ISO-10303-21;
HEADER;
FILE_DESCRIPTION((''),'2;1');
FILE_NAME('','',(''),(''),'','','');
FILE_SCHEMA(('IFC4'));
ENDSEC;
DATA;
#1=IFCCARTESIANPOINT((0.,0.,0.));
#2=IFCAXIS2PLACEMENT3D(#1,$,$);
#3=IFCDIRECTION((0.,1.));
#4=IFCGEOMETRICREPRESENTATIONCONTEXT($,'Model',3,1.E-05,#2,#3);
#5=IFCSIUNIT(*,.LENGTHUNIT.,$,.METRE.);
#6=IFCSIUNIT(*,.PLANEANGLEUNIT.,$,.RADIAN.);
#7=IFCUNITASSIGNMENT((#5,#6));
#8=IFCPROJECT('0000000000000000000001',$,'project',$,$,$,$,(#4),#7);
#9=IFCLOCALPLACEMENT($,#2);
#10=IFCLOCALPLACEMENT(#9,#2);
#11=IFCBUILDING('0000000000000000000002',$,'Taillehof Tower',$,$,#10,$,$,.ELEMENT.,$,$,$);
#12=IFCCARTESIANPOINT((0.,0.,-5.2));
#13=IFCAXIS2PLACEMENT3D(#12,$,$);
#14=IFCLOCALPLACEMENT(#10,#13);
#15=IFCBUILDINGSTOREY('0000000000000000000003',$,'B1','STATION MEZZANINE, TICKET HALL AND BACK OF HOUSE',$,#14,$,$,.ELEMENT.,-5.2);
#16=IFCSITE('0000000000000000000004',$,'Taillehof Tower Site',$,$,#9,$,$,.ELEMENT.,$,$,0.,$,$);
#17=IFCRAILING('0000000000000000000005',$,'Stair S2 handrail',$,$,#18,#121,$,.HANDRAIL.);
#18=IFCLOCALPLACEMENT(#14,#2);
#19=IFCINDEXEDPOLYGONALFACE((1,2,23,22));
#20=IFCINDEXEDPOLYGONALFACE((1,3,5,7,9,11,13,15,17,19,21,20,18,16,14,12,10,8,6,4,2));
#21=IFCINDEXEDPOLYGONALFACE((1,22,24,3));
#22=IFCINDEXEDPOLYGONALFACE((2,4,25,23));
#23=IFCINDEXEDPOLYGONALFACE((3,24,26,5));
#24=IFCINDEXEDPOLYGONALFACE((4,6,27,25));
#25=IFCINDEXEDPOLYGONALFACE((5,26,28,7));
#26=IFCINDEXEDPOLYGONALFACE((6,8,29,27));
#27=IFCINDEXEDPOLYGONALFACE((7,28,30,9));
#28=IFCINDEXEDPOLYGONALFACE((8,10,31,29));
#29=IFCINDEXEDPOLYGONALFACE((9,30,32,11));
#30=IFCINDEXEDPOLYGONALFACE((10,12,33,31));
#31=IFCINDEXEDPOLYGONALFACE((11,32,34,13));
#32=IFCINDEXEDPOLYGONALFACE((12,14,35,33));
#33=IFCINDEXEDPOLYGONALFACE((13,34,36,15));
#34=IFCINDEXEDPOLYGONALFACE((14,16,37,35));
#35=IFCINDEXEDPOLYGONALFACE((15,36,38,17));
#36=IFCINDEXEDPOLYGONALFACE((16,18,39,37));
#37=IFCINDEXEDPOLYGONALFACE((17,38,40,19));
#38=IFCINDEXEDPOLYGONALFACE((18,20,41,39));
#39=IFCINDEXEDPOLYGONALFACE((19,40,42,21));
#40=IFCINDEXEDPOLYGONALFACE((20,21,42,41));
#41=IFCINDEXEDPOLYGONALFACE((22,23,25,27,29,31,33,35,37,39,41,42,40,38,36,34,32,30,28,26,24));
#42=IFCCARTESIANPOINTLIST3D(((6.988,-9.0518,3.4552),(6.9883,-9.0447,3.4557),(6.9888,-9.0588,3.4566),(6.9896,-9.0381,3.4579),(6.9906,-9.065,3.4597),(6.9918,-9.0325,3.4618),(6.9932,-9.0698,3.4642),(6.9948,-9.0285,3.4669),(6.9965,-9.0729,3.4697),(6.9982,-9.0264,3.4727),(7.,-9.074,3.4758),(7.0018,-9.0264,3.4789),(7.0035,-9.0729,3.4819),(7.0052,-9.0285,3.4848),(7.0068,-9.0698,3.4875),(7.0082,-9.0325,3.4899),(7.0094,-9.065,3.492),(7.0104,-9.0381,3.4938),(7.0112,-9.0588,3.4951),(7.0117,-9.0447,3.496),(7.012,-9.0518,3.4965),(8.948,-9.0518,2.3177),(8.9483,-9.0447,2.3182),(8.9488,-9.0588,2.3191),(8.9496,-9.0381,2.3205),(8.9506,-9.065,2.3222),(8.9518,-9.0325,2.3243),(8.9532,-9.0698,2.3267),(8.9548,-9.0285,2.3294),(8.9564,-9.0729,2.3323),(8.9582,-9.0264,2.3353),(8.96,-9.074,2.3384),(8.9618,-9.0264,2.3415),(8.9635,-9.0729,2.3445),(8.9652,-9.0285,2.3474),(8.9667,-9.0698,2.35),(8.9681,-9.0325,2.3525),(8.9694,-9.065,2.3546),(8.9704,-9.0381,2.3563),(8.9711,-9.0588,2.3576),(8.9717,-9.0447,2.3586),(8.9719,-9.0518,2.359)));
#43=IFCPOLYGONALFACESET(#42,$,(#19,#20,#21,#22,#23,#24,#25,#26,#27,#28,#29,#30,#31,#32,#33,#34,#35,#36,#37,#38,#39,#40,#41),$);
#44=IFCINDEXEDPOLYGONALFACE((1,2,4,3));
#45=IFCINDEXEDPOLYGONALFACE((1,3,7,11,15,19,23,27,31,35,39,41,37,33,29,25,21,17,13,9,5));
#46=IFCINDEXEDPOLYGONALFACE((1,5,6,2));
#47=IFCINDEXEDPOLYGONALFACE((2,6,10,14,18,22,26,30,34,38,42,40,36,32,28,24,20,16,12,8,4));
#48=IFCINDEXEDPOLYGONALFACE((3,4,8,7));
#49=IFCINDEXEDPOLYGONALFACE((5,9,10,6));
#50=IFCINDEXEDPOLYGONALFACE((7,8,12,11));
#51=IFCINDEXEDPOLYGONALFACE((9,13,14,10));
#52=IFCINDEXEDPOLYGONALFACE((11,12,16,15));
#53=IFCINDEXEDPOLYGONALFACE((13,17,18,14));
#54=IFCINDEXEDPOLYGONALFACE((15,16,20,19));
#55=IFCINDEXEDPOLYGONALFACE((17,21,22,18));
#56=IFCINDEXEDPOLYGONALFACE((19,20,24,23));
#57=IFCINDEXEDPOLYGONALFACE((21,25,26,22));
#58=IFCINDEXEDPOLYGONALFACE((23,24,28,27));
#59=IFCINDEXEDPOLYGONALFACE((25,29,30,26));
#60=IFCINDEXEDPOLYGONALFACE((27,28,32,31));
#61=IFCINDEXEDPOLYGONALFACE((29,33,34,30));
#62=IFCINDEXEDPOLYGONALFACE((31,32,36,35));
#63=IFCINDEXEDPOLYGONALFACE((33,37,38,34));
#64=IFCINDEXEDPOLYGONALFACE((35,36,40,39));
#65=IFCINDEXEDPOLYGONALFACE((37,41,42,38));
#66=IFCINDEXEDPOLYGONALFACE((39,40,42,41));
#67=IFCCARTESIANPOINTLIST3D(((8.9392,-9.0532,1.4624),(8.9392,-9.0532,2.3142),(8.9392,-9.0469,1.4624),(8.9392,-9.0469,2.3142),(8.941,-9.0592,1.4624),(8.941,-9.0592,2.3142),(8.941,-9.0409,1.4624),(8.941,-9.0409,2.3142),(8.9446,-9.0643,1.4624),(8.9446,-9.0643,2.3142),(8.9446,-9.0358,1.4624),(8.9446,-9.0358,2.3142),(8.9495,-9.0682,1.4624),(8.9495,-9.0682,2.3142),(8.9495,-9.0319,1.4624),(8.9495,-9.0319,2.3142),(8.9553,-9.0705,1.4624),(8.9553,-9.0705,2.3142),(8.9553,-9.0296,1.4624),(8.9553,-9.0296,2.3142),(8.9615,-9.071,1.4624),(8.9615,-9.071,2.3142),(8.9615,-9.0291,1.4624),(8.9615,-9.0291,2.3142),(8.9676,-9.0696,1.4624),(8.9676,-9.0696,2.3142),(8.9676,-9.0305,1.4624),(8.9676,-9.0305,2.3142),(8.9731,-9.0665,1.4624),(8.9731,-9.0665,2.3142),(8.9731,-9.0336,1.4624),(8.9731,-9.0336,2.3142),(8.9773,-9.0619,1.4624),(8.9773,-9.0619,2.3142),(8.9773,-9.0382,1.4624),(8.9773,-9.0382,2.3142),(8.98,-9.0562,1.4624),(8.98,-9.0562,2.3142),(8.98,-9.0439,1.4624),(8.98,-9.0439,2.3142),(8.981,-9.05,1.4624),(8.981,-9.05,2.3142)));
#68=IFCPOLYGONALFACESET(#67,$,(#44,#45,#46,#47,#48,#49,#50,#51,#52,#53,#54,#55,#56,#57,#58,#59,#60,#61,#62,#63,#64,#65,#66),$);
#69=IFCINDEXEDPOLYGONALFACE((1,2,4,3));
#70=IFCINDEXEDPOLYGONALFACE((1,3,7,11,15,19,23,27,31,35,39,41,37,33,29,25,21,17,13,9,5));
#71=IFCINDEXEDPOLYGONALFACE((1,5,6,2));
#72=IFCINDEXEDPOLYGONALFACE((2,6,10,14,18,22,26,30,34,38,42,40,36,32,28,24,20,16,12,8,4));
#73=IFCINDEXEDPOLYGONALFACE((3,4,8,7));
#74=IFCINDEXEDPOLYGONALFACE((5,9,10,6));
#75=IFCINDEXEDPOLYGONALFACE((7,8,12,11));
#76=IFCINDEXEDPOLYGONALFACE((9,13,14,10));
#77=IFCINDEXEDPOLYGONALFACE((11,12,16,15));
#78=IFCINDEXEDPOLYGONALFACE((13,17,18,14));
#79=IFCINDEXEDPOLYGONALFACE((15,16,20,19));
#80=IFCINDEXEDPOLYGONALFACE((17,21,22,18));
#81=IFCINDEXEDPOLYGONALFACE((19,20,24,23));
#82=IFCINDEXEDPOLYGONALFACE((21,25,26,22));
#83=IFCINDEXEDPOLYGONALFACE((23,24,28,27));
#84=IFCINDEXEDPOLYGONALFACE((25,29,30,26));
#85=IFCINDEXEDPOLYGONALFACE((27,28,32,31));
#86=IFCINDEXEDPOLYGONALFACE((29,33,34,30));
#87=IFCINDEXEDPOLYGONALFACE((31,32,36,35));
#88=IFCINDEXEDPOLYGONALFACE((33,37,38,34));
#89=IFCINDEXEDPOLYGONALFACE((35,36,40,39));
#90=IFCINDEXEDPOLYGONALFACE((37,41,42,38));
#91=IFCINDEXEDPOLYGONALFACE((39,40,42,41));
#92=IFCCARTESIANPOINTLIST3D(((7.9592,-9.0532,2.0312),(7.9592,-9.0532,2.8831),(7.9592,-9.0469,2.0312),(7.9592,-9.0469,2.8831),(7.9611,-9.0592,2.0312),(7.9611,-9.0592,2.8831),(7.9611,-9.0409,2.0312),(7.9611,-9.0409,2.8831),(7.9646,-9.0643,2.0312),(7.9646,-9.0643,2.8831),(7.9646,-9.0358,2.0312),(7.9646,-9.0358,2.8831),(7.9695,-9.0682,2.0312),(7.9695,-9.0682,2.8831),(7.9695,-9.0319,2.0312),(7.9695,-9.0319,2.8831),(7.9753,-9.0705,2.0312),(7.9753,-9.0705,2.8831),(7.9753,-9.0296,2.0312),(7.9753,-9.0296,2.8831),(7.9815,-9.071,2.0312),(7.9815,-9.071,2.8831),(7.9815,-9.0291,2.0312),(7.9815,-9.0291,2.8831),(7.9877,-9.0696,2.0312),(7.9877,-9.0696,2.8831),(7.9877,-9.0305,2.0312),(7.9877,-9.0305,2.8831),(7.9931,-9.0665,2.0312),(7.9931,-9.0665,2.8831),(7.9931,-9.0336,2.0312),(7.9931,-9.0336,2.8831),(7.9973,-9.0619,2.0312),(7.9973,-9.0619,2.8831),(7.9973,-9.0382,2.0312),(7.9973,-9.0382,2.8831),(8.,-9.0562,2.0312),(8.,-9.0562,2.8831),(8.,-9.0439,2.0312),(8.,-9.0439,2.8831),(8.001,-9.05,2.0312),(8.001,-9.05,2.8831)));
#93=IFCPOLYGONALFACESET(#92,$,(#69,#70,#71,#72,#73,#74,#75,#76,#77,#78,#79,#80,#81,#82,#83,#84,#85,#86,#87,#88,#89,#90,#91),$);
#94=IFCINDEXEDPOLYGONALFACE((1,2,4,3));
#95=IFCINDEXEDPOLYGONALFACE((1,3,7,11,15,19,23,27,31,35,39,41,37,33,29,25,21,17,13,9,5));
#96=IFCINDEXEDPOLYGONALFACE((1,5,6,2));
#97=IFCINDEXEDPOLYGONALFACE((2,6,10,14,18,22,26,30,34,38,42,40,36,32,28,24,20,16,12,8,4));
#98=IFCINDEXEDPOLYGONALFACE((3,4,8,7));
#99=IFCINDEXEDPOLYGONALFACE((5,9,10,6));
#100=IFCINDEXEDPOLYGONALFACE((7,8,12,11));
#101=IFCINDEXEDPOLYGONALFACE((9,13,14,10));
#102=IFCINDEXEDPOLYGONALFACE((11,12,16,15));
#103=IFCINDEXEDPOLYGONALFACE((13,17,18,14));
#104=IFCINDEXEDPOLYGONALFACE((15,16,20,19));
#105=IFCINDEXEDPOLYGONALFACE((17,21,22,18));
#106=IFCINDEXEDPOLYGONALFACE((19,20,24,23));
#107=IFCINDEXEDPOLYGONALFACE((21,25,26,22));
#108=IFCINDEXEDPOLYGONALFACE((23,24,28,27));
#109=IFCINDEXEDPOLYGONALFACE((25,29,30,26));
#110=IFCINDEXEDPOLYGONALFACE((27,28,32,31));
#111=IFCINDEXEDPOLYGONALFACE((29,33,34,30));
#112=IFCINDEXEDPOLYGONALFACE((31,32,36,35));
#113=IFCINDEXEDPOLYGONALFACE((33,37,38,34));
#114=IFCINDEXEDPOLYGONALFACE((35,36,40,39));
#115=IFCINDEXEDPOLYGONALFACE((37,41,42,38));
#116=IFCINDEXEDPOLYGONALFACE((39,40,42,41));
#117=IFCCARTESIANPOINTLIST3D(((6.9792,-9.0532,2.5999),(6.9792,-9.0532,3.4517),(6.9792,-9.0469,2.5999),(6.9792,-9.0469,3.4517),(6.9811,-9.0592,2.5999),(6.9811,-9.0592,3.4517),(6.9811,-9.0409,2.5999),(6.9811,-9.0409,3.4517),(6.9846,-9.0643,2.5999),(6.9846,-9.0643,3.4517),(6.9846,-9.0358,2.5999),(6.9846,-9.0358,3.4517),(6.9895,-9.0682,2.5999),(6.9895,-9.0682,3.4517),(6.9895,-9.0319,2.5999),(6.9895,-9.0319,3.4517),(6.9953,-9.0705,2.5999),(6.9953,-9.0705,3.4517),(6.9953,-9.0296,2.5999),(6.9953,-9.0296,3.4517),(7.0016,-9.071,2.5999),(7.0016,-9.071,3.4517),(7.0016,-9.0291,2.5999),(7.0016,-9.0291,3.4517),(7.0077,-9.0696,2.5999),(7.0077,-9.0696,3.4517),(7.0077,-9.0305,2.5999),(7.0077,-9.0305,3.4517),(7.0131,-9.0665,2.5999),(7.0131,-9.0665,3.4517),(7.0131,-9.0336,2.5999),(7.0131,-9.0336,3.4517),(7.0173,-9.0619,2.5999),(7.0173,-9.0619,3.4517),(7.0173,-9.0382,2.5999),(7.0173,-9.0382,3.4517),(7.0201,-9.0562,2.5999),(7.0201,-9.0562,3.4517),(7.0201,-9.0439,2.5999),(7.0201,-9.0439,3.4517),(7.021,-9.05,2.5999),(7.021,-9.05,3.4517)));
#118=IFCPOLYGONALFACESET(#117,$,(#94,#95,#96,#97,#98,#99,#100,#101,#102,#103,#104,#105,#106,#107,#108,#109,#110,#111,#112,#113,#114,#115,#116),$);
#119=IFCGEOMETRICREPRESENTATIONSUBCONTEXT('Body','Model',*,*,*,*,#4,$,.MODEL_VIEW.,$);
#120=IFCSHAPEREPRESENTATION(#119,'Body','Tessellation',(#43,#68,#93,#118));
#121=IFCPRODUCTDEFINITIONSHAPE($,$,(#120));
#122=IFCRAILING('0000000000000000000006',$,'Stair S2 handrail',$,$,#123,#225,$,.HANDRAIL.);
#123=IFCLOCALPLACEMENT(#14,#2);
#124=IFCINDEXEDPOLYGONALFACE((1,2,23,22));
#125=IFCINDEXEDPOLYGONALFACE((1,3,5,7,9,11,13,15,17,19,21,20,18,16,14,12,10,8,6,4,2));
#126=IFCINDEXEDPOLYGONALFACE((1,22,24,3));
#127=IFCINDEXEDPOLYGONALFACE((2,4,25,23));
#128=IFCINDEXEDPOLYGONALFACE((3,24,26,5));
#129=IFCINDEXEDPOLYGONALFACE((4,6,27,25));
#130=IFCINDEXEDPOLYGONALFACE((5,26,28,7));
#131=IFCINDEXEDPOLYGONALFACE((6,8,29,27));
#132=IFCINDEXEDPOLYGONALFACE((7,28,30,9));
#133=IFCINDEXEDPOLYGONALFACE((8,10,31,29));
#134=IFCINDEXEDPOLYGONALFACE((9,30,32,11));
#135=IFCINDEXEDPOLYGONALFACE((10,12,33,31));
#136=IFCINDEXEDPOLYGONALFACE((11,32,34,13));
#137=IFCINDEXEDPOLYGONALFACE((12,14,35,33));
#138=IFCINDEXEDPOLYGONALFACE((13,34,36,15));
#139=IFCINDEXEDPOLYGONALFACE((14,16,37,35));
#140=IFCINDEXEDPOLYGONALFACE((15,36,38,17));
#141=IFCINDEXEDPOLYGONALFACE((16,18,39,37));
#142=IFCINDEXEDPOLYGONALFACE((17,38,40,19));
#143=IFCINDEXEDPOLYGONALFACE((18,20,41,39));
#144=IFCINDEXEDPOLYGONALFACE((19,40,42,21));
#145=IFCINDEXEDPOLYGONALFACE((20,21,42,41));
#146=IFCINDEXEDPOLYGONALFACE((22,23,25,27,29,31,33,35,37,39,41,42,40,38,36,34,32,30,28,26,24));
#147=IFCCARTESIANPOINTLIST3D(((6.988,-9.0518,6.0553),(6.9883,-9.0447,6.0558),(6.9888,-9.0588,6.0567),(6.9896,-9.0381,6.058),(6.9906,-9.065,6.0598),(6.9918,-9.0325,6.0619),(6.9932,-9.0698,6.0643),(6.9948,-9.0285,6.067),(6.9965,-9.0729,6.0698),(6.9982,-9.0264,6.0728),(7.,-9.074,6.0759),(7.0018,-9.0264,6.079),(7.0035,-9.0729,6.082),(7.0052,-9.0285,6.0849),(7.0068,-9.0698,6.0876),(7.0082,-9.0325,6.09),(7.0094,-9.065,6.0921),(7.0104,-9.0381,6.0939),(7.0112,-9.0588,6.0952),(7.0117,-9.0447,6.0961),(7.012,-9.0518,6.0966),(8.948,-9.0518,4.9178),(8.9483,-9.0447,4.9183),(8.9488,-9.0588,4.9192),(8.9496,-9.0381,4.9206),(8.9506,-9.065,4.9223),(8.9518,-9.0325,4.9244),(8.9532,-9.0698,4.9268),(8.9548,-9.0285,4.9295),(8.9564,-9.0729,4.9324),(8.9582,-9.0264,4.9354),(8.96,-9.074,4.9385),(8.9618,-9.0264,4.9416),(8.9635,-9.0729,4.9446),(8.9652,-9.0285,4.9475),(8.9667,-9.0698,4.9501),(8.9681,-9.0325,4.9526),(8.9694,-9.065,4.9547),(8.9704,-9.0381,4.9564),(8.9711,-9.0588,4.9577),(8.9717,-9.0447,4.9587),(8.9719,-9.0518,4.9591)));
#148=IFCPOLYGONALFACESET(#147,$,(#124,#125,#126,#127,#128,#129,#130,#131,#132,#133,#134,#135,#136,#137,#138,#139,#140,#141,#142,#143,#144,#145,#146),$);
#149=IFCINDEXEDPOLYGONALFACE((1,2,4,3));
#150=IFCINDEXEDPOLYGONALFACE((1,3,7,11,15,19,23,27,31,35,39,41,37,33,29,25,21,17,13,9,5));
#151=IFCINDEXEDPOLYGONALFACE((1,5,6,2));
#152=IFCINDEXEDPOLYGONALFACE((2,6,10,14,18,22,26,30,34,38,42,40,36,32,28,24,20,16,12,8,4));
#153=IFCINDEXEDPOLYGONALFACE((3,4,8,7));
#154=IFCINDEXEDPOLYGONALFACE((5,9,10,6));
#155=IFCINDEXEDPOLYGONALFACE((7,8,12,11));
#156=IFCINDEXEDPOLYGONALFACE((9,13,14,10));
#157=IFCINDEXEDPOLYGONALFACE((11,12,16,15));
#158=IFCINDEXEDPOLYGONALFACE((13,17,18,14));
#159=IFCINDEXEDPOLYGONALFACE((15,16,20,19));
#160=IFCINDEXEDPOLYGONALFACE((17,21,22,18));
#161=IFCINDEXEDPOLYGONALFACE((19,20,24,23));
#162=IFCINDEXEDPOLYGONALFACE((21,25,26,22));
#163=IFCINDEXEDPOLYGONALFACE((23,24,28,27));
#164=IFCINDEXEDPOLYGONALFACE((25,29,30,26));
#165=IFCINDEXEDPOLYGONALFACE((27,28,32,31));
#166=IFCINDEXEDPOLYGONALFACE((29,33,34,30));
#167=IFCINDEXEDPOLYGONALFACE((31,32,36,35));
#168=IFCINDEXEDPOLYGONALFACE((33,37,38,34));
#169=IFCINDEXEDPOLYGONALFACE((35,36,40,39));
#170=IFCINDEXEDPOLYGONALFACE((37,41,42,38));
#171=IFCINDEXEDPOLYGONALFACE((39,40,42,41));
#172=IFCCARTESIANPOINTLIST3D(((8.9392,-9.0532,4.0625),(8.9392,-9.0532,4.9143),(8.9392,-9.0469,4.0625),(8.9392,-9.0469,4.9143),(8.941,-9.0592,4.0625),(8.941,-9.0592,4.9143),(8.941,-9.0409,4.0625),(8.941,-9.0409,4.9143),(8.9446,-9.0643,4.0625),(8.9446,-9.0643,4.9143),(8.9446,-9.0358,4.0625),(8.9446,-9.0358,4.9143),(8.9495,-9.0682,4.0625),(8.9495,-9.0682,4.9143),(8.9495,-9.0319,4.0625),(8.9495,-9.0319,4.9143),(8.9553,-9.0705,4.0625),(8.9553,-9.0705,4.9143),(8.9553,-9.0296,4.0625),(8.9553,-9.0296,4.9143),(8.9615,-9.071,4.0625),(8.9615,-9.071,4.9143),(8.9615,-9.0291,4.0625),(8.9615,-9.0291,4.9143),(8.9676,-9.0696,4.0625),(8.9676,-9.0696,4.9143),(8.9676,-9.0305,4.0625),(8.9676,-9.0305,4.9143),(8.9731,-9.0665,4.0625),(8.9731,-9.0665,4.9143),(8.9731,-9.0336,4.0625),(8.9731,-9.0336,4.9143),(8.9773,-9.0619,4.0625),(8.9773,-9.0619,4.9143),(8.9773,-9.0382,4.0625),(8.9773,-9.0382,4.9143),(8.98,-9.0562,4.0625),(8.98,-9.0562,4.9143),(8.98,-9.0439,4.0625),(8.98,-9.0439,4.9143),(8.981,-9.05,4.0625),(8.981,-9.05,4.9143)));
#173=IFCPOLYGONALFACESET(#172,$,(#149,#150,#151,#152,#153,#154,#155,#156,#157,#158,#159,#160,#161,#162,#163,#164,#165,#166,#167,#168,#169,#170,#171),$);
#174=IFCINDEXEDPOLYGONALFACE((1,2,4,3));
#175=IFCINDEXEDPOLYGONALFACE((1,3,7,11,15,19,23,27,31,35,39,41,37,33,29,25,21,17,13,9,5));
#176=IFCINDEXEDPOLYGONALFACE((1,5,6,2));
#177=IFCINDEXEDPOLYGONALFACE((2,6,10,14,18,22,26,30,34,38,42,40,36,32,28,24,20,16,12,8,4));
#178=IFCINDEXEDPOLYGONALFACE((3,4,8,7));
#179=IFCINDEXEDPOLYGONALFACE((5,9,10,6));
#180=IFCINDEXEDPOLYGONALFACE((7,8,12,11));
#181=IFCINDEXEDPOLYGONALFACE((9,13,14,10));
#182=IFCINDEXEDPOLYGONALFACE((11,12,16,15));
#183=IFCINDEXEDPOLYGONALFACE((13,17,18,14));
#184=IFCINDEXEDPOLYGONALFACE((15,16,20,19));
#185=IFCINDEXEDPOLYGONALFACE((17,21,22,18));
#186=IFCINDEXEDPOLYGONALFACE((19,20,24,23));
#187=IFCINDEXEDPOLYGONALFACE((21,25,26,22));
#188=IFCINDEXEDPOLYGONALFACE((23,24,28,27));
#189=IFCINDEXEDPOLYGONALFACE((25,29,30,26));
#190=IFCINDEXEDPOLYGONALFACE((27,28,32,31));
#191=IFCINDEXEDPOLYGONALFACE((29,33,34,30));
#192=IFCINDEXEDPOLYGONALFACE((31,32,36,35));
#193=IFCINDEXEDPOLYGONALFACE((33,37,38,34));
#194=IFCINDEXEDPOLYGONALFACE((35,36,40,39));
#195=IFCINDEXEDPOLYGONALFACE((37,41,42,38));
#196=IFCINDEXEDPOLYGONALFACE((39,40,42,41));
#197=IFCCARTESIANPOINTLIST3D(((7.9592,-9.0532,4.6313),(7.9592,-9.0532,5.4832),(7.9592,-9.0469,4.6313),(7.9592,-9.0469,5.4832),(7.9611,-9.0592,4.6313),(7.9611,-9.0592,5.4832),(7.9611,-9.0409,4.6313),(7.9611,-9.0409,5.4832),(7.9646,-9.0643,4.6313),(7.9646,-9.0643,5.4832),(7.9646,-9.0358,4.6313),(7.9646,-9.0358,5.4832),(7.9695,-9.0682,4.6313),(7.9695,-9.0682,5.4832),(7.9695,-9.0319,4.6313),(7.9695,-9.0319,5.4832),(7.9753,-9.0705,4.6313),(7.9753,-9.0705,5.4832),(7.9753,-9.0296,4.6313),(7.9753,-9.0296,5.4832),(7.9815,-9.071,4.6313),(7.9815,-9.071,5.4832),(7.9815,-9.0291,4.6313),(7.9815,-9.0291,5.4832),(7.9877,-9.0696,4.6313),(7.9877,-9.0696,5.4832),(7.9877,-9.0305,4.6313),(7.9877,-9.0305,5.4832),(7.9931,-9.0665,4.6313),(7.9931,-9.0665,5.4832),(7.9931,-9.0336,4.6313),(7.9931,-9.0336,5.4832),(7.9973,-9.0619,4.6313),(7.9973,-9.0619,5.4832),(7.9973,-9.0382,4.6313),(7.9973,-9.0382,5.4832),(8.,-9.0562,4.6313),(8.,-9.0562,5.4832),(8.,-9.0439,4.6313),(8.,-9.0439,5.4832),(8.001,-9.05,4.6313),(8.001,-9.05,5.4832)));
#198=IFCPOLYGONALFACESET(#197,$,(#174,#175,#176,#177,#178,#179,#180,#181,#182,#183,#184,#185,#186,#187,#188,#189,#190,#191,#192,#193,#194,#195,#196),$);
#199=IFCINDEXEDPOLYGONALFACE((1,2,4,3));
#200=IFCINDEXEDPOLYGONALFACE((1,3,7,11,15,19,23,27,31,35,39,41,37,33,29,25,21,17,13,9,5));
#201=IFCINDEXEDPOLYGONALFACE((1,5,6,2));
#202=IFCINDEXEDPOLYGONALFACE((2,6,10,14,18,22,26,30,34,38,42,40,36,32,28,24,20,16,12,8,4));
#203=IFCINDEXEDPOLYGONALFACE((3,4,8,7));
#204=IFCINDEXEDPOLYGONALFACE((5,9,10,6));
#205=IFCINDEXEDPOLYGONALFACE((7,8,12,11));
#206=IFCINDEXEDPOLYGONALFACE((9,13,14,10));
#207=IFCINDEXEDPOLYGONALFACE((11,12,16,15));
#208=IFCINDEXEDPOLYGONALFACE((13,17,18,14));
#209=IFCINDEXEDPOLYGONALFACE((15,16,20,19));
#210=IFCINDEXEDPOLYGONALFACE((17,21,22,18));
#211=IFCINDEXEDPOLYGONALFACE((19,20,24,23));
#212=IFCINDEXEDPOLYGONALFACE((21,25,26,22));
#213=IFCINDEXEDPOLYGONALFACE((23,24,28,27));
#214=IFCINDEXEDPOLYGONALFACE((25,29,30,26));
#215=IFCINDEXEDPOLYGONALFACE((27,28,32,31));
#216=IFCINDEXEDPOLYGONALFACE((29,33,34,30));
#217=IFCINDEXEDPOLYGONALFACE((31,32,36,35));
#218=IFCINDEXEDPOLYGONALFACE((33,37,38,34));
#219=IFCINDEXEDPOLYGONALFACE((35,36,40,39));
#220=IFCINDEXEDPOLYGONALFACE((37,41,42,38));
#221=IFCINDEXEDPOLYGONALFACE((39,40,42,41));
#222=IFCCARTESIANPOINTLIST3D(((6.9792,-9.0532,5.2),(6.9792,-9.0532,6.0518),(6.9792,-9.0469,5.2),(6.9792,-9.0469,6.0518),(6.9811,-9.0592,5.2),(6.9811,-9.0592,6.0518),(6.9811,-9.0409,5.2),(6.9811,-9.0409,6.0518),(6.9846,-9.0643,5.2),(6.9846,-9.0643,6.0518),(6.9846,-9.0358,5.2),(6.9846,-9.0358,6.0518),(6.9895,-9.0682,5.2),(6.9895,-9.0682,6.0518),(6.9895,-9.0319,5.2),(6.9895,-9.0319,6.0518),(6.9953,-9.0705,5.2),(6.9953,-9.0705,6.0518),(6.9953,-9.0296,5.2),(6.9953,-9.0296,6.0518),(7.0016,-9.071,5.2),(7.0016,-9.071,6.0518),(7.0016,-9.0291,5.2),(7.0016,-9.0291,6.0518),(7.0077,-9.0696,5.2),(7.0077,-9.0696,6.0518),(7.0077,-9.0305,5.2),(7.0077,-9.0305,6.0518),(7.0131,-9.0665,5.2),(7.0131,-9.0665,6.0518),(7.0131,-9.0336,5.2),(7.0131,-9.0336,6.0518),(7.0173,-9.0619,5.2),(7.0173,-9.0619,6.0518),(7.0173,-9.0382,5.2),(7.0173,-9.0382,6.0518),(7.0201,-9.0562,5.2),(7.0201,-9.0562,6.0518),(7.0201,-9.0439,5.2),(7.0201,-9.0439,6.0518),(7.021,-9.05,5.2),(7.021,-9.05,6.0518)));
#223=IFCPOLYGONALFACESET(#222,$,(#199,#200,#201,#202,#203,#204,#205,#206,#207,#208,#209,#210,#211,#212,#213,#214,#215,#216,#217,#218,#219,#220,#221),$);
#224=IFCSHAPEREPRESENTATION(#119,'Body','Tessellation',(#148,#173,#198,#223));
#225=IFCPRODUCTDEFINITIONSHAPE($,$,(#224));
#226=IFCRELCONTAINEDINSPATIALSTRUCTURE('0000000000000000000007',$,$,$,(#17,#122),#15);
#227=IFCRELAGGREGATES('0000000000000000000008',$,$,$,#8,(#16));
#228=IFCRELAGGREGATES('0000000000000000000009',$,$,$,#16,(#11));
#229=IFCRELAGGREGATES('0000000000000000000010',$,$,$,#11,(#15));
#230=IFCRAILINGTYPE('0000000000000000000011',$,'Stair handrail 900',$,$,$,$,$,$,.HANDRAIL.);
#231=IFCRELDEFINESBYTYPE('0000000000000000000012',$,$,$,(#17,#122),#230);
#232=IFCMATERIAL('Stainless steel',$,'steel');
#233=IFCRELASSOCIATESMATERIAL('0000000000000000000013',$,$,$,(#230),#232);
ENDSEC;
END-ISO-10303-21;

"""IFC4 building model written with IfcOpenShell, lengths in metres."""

from ifc_helpers import new_model, si_unit, direction, frame, origin, origin_2d, place, context, subcontext, project, spatial, circle, extrude, material, type_object, element, save


model = new_model("IFC4")

# Units and contexts
model_context = context("Model", 3, precision=1e-05, world=origin(), true_north=direction((0.0, 1.0)))
body_context = subcontext(model_context, "Body", "Model", "MODEL_VIEW")
ifc_project = project(units=[si_unit("LENGTHUNIT", "METRE"), si_unit("PLANEANGLEUNIT", "RADIAN")], contexts=[model_context])

# Site, building, storey
site_placement = place(None, origin())
site = spatial("IfcSite", under=ifc_project, at=site_placement, Name="Taillehof Tower Site", CompositionType="ELEMENT", RefElevation=0.0)
building_placement = place(site_placement, origin())
building = spatial("IfcBuilding", under=site, at=building_placement, Name="Taillehof Tower", CompositionType="ELEMENT")
storey_placement = place(building_placement, frame((0.0, 0.0, -5.2)))
storey = spatial("IfcBuildingStorey", under=building, at=storey_placement, Name="B1", Description="STATION MEZZANINE, TICKET HALL AND BACK OF HOUSE", CompositionType="ELEMENT", Elevation=-5.2)

# Railings
ifc_material_1 = material(Name="Stainless steel", Category="steel")
railing_type = type_object("IfcRailingType", Name="Stair handrail 900", PredefinedType="HANDRAIL", material=ifc_material_1)
for number, where, name in (
    (1, (8.96, -9.05, 1.4624), "Stair S2 handrail"),
    (2, (8.96, -9.05, 4.0625), "Stair S2 handrail"),
):
    element("IfcRailing", number, at=place(storey_placement, frame(where)), inside=storey, type_object=railing_type, Name=name, PredefinedType="HANDRAIL", context=body_context, shape_type="SweptSolid", body=[
        extrude(circle(Radius=0.0239, at=origin_2d()), frame((0.0, 0.0, 0.876), z_axis=(-0.864902, 0.0, 0.501941), x_axis=(0.0, -1.0, 0.0)), (0.0, 0.0, 1.0), 2.2661),
        extrude(circle(Radius=0.021, at=origin_2d()), origin(), (0.0, 0.0, 1.0), 0.8518),
        extrude(circle(Radius=0.021, at=origin_2d()), frame((-0.98, 0.0, 0.5688)), (0.0, 0.0, 1.0), 0.8518),
        extrude(circle(Radius=0.021, at=origin_2d()), frame((-1.96, 0.0, 1.1375)), (0.0, 0.0, 1.0), 0.8518),
    ])

save(model, "model.ifc")
